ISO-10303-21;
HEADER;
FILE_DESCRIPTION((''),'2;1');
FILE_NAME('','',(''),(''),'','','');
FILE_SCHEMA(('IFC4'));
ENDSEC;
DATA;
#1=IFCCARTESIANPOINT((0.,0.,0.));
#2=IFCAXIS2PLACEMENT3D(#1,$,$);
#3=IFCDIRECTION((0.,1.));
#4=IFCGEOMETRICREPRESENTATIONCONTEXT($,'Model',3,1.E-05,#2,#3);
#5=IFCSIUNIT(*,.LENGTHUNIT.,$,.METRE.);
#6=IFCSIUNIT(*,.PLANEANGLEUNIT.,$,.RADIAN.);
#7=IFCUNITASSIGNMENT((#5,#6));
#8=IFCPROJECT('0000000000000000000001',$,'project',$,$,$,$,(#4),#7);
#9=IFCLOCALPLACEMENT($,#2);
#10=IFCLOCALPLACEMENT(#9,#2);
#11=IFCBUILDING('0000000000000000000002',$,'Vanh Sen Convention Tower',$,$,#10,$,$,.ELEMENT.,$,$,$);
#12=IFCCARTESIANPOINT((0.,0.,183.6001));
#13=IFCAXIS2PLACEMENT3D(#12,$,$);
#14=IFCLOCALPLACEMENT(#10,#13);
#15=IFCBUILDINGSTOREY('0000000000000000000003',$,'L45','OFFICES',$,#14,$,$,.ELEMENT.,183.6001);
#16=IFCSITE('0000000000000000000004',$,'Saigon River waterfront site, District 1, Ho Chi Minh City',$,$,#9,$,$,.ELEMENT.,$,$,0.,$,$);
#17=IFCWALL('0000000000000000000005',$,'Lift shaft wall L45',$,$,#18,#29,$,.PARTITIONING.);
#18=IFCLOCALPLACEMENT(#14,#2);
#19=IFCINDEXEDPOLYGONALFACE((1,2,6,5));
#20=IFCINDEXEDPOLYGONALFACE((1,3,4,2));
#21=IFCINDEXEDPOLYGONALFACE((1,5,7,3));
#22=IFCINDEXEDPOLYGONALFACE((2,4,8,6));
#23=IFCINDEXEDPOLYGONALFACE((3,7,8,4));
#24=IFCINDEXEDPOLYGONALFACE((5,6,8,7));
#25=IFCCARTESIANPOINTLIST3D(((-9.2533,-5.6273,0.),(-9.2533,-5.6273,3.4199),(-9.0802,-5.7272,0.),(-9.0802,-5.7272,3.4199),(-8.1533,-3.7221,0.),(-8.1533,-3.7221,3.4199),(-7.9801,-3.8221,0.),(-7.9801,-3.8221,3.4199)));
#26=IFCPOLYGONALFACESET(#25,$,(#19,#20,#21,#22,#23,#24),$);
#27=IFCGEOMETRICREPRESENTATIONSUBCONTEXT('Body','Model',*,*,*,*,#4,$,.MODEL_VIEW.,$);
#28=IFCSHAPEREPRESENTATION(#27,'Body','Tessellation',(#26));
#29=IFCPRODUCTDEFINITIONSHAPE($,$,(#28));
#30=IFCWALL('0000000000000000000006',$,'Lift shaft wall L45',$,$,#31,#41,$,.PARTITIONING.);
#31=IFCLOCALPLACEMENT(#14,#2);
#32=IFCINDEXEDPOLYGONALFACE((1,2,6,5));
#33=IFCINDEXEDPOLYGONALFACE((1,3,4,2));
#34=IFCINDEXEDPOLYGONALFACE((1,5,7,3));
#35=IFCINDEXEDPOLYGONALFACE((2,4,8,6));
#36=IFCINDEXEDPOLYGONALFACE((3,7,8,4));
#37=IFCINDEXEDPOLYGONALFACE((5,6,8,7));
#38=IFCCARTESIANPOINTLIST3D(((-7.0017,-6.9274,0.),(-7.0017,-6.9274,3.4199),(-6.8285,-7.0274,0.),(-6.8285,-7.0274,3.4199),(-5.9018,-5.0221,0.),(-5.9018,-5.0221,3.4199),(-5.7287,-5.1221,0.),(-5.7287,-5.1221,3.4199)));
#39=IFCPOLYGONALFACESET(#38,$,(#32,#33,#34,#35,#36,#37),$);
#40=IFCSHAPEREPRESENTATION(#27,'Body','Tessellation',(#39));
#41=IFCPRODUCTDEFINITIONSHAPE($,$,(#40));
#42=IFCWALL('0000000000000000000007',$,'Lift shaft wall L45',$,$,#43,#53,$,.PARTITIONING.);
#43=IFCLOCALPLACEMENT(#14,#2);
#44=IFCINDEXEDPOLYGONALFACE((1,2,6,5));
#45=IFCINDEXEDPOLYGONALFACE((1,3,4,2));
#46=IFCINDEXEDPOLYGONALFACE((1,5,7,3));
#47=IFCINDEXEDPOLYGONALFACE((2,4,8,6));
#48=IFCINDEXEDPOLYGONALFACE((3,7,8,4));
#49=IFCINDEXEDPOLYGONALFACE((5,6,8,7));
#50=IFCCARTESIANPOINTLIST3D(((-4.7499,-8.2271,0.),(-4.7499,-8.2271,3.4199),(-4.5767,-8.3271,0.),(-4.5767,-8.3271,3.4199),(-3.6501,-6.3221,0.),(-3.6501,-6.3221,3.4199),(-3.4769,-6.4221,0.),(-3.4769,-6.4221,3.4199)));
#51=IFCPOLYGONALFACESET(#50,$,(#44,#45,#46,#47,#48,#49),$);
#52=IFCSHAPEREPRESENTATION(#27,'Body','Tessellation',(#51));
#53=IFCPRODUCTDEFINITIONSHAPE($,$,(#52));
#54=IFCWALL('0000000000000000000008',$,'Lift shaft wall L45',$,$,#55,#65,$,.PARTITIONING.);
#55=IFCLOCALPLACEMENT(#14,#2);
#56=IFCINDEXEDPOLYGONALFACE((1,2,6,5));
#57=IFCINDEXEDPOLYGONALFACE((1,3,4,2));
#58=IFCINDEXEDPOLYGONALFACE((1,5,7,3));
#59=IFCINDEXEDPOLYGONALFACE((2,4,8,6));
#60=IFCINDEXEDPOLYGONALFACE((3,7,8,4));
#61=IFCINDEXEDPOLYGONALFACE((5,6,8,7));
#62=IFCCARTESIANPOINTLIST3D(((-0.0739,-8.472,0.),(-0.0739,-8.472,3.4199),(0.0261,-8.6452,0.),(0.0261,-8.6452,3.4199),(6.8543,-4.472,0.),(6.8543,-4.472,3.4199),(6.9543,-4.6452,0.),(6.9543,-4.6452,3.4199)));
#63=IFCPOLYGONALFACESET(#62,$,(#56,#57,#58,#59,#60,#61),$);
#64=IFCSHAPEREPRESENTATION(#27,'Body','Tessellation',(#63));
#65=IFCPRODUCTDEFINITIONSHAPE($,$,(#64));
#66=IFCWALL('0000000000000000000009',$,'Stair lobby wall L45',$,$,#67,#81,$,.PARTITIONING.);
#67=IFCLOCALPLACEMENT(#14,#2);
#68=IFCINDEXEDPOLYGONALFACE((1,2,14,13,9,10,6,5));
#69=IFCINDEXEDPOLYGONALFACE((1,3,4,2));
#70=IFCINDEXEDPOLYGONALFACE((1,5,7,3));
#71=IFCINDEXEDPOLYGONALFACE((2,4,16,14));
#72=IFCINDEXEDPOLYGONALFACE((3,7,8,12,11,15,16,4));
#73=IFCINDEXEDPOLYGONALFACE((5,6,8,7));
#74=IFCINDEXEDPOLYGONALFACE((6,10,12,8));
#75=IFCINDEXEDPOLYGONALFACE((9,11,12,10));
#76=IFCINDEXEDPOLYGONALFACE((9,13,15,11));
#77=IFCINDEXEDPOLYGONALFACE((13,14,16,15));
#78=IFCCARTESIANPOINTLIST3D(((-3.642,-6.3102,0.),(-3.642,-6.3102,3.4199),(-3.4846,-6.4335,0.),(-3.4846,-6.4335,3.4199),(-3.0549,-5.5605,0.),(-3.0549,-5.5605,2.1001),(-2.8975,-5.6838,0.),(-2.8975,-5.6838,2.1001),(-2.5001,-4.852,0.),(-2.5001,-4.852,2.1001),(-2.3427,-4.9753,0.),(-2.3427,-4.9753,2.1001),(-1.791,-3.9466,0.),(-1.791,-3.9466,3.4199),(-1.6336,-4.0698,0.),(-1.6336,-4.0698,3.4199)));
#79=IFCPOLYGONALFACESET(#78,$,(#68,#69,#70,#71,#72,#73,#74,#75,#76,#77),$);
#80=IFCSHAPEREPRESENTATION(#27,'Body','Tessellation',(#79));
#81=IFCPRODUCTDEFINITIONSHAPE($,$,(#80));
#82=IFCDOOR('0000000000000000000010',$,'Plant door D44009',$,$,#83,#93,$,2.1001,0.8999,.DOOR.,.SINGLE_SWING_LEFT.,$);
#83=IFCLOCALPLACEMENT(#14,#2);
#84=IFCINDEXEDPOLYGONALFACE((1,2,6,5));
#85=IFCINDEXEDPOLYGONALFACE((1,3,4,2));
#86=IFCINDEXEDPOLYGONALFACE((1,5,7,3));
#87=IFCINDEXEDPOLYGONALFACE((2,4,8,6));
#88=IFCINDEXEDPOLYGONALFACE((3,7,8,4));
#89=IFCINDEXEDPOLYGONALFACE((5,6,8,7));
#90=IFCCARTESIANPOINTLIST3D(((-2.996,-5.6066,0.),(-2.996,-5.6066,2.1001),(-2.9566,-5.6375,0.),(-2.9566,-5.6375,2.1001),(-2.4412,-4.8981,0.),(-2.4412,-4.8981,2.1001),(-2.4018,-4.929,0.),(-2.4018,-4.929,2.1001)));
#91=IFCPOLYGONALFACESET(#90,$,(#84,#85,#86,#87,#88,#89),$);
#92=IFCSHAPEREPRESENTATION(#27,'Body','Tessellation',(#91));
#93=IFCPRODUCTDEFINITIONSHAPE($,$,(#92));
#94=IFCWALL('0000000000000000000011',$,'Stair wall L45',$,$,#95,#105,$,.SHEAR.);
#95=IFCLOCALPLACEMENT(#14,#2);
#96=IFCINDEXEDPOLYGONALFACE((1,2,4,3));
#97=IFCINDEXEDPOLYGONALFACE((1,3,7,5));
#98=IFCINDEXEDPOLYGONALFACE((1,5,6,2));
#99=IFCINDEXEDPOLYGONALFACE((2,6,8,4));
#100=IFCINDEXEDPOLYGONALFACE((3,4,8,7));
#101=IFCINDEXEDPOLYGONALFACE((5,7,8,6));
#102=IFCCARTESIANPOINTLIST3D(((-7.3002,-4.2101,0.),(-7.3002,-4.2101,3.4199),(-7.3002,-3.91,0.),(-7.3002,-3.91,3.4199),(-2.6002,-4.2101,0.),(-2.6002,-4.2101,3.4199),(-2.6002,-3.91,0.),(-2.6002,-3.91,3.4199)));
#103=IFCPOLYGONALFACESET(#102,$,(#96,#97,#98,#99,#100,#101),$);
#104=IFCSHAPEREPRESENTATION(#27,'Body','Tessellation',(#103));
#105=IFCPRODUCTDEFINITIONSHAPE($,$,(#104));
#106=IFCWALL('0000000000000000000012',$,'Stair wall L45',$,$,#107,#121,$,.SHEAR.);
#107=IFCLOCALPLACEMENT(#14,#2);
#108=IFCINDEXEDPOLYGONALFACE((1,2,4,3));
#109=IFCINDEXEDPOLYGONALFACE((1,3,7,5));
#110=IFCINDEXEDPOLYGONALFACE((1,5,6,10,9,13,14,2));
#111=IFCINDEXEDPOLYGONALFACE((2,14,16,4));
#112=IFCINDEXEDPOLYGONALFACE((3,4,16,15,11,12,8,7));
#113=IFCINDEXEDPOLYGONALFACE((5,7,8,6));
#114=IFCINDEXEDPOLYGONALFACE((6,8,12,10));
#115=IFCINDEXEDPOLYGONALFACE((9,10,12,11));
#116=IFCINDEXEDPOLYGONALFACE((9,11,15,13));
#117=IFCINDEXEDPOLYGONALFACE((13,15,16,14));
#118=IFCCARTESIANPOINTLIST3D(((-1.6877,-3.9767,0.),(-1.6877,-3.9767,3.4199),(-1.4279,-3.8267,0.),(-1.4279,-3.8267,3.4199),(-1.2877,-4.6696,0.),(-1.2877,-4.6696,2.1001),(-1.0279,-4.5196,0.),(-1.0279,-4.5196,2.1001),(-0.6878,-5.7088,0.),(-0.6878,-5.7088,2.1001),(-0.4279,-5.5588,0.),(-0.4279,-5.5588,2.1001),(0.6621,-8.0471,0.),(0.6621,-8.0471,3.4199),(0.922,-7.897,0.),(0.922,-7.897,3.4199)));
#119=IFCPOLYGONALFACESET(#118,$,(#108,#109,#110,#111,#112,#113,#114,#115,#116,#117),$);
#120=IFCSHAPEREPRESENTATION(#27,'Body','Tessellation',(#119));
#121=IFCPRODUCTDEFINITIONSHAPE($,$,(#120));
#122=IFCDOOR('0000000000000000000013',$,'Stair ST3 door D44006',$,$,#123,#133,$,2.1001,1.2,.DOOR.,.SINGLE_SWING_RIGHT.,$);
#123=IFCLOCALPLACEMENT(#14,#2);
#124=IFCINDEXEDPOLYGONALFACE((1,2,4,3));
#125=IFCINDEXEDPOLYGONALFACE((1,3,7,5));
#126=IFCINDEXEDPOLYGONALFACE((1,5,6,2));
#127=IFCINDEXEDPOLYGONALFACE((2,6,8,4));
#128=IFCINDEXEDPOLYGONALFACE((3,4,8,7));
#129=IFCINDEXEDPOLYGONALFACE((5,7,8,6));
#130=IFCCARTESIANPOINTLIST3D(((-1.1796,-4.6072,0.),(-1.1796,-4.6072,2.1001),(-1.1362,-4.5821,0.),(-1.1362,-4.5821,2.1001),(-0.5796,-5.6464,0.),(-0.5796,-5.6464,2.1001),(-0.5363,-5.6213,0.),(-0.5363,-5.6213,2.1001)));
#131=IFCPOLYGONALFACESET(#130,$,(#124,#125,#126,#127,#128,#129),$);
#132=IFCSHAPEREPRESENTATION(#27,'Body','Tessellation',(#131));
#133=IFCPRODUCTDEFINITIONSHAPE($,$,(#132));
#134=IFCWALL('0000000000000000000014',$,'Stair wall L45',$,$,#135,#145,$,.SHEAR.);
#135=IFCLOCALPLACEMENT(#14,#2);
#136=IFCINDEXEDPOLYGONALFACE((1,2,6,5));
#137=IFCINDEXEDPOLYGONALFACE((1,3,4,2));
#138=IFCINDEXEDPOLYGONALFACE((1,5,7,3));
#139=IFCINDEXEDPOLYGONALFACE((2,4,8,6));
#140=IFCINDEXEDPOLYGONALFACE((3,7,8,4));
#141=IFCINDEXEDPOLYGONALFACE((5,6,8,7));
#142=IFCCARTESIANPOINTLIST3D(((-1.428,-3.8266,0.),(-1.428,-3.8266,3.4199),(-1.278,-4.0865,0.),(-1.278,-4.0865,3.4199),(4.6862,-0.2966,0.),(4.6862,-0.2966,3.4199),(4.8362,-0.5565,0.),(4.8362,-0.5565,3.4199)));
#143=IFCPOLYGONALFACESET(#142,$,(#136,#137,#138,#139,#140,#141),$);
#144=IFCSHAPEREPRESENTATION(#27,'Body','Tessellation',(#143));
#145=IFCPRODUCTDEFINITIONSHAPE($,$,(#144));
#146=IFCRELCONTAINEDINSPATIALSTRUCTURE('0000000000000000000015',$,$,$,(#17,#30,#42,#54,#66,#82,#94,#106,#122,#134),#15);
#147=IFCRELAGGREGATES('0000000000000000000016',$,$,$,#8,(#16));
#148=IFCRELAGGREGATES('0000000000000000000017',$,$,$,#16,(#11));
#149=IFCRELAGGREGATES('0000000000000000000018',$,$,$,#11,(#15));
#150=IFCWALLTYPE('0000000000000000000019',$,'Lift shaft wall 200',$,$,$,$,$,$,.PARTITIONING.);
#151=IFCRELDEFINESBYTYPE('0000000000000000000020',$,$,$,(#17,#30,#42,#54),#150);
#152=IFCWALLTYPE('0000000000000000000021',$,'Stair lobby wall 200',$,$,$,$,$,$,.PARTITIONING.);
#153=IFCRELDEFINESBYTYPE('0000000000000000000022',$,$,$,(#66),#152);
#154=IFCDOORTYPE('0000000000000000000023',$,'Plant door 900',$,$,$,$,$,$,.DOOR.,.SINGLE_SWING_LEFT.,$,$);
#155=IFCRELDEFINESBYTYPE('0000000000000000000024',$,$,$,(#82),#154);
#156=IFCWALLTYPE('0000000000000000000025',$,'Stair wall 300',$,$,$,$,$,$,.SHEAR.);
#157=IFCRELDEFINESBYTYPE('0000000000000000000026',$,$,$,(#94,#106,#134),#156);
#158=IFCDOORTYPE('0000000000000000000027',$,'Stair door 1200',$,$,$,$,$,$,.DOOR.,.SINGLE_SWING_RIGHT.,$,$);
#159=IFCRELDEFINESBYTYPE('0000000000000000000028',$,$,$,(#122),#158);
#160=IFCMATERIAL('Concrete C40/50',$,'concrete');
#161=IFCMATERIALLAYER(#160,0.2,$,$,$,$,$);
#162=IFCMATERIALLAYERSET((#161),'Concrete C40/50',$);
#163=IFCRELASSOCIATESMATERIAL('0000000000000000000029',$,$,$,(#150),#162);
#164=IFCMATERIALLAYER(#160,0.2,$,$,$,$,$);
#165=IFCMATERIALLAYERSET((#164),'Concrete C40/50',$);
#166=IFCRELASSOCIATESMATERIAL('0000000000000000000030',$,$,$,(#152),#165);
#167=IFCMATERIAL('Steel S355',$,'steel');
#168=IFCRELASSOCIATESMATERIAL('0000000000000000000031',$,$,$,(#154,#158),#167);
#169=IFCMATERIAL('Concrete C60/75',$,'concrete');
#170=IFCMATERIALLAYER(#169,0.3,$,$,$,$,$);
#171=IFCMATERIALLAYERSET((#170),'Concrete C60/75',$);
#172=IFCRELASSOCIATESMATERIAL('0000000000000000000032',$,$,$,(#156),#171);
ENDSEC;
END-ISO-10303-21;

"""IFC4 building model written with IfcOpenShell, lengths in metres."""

from ifc_helpers import new_model, si_unit, direction, frame, frame_2d, origin, place, context, subcontext, project, spatial, rectangle, extrude, material, layer, layer_set, type_object, element, fill, save


model = new_model("IFC4")

# Units and contexts
model_context = context("Model", 3, precision=1e-05, world=origin(), true_north=direction((0.0, 1.0)))
body_context = subcontext(model_context, "Body", "Model", "MODEL_VIEW")
ifc_project = project(units=[si_unit("LENGTHUNIT", "METRE"), si_unit("PLANEANGLEUNIT", "RADIAN")], contexts=[model_context])

# Site, building, storey
site_placement = place(None, origin())
site = spatial("IfcSite", under=ifc_project, at=site_placement, Name="Saigon River waterfront site, District 1, Ho Chi Minh City", CompositionType="ELEMENT", RefElevation=0.0)
building_placement = place(site_placement, origin())
building = spatial("IfcBuilding", under=site, at=building_placement, Name="Vanh Sen Convention Tower", CompositionType="ELEMENT")
storey_placement = place(building_placement, frame((0.0, 0.0, 183.6001)))
storey = spatial("IfcBuildingStorey", under=building, at=storey_placement, Name="L45", Description="OFFICES", CompositionType="ELEMENT", Elevation=183.6001)

# Shared definitions
ifc_material_1 = material(Name="Concrete C40/50", Category="concrete")

# Shared definitions
ifc_material_2 = material(Name="Steel S355", Category="steel")

# Walls
ifc_layer_1 = layer(ifc_material_1, 0.2)
ifc_layer_set_1 = layer_set([ifc_layer_1], Name="Concrete C40/50")
wall_type_1 = type_object("IfcWallType", Name="Lift shaft wall 200", PredefinedType="PARTITIONING", material=ifc_layer_set_1)
for number, where, z_axis, x_axis, name in (
    (1, (-8.0667, -3.772, 0.0), (0.0, 0.0, 1.0), (-0.50003, -0.866008, 0.0), "Lift shaft wall L45"),
    (2, (-5.8152, -5.072, 0.0), (0.0, 0.0, 1.0), (-0.499947, -0.866056, 0.0), "Lift shaft wall L45"),
):
    element("IfcWall", number, at=place(storey_placement, frame(where, z_axis=z_axis, x_axis=x_axis)), inside=storey, type_object=wall_type_1, Name=name, PredefinedType="PARTITIONING", context=body_context, shape_type="SweptSolid", body=[
        extrude(rectangle(XDim=2.2, YDim=0.2, at=frame_2d((1.1001, 0.0))), origin(), (0.0, 0.0, 1.0), 3.4199),
    ])
wall_1_placement = place(storey_placement, frame((-3.5635, -6.3721, 0.0), z_axis=(0.0, 0.0, 1.0), x_axis=(-0.499995, -0.866028, 0.0)))
element("IfcWall", 3, at=wall_1_placement, inside=storey, type_object=wall_type_1, Name="Lift shaft wall L45", PredefinedType="PARTITIONING", context=body_context, shape_type="SweptSolid", body=[
    extrude(rectangle(XDim=2.1997, YDim=0.2, at=frame_2d((1.0999, 0.0))), origin(), (0.0, 0.0, 1.0), 3.4199),
])
wall_2_placement = place(storey_placement, frame((-0.0239, -8.5586, 0.0), z_axis=(0.0, 0.0, 1.0), x_axis=(0.866026, 0.499999, 0.0)))
element("IfcWall", 4, at=wall_2_placement, inside=storey, type_object=wall_type_1, Name="Lift shaft wall L45", PredefinedType="PARTITIONING", context=body_context, shape_type="SweptSolid", body=[
    extrude(rectangle(XDim=8.0, YDim=0.2, at=frame_2d((4.0, 0.0))), origin(), (0.0, 0.0, 1.0), 3.4199),
])

# Wall, opening, door
ifc_layer_2 = layer(ifc_material_1, 0.2)
ifc_layer_set_2 = layer_set([ifc_layer_2], Name="Concrete C40/50")
wall_type_2 = type_object("IfcWallType", Name="Stair lobby wall 200", PredefinedType="PARTITIONING", material=ifc_layer_set_2)
wall_3_placement = place(storey_placement, frame((-1.7124, -4.0083, 0.0), z_axis=(0.0, 0.0, 1.0), x_axis=(-0.616549, -0.787316, 0.0)))
wall_3 = element("IfcWall", 5, at=wall_3_placement, inside=storey, type_object=wall_type_2, Name="Stair lobby wall L45", PredefinedType="PARTITIONING", context=body_context, shape_type="SweptSolid", body=[
    extrude(rectangle(XDim=3.0022, YDim=0.2, at=frame_2d((1.501, 0.0))), origin(), (0.0, 0.0, 1.0), 3.4199),
])
opening_1_placement = place(wall_3_placement, frame((1.1499, 0.0, 0.0)))
opening_1 = element("IfcOpeningElement", 6, at=opening_1_placement, cuts=wall_3, PredefinedType="OPENING", context=body_context, shape_type="SweptSolid", body=[
    extrude(rectangle(XDim=0.8999, YDim=2.1001, at=frame_2d((0.45, 1.05))), frame((0.0, 0.1099, 0.0), z_axis=(0.0, -1.0, 0.0), x_axis=(1.0, 0.0, 0.0)), (0.0, 0.0, 1.0), 0.22),
])
door_type_1 = type_object("IfcDoorType", Name="Plant door 900", OperationType="SINGLE_SWING_LEFT", PredefinedType="DOOR", material=ifc_material_2)
door_1_placement = place(opening_1_placement, origin())
door_1 = element("IfcDoor", 7, at=door_1_placement, inside=storey, type_object=door_type_1, Name="Plant door D44009", OperationType="SINGLE_SWING_LEFT", OverallHeight=2.1001, OverallWidth=0.8999, PredefinedType="DOOR", context=body_context, shape_type="SweptSolid", body=[
    extrude(rectangle(XDim=0.8999, YDim=2.1001, at=frame_2d((0.45, 1.05))), frame((0.0, 0.0249, 0.0), z_axis=(0.0, -1.0, 0.0), x_axis=(1.0, 0.0, 0.0)), (0.0, 0.0, 1.0), 0.05),
])
fill(opening_1, door_1)

# Wall
ifc_material_3 = material(Name="Concrete C60/75", Category="concrete")
ifc_layer_3 = layer(ifc_material_3, 0.3)
ifc_layer_set_3 = layer_set([ifc_layer_3], Name="Concrete C60/75")
wall_type_3 = type_object("IfcWallType", Name="Stair wall 300", PredefinedType="SHEAR", material=ifc_layer_set_3)
wall_4_placement = place(storey_placement, frame((-2.6001, -4.0601, 0.0), z_axis=(0.0, 0.0, 1.0), x_axis=(-1.0, 0.0, 0.0)))
element("IfcWall", 8, at=wall_4_placement, inside=storey, type_object=wall_type_3, Name="Stair wall L45", PredefinedType="SHEAR", context=body_context, shape_type="SweptSolid", body=[
    extrude(rectangle(XDim=4.7, YDim=0.3, at=frame_2d((2.3501, 0.0))), origin(), (0.0, 0.0, 1.0), 3.4199),
])

# Wall, opening, door
wall_5_placement = place(storey_placement, frame((-1.5579, -3.9016, 0.0), z_axis=(0.0, 0.0, 1.0), x_axis=(0.499977, -0.866039, 0.0)))
wall_5 = element("IfcWall", 9, at=wall_5_placement, inside=storey, type_object=wall_type_3, Name="Stair wall L45", PredefinedType="SHEAR", context=body_context, shape_type="SweptSolid", body=[
    extrude(rectangle(XDim=4.7, YDim=0.3, at=frame_2d((2.3501, 0.0))), origin(), (0.0, 0.0, 1.0), 3.4199),
])
opening_2_placement = place(wall_5_placement, frame((0.8, 0.0, 0.0)))
opening_2 = element("IfcOpeningElement", 10, at=opening_2_placement, cuts=wall_5, PredefinedType="OPENING", context=body_context, shape_type="SweptSolid", body=[
    extrude(rectangle(XDim=1.2, YDim=2.1001, at=frame_2d((0.6001, 1.05))), frame((0.0, 0.1599, 0.0), z_axis=(0.0, -1.0, 0.0), x_axis=(1.0, 0.0, 0.0)), (0.0, 0.0, 1.0), 0.3201),
])
door_type_2 = type_object("IfcDoorType", Name="Stair door 1200", OperationType="SINGLE_SWING_RIGHT", PredefinedType="DOOR", material=ifc_material_2)
door_2_placement = place(opening_2_placement, origin())
door_2 = element("IfcDoor", 11, at=door_2_placement, inside=storey, type_object=door_type_2, Name="Stair ST3 door D44006", OperationType="SINGLE_SWING_RIGHT", OverallHeight=2.1001, OverallWidth=1.2, PredefinedType="DOOR", context=body_context, shape_type="SweptSolid", body=[
    extrude(rectangle(XDim=1.2, YDim=2.1001, at=frame_2d((0.6001, 1.05))), frame((0.0, 0.0249, 0.0), z_axis=(0.0, -1.0, 0.0), x_axis=(1.0, 0.0, 0.0)), (0.0, 0.0, 1.0), 0.05),
])
fill(opening_2, door_2)

# Wall
wall_6_placement = place(storey_placement, frame((-1.353, -3.9565, 0.0), z_axis=(0.0, 0.0, 1.0), x_axis=(0.866028, 0.499996, 0.0)))
element("IfcWall", 12, at=wall_6_placement, inside=storey, type_object=wall_type_3, Name="Stair wall L45", PredefinedType="SHEAR", context=body_context, shape_type="SweptSolid", body=[
    extrude(rectangle(XDim=7.0601, YDim=0.3, at=frame_2d((3.53, 0.0))), origin(), (0.0, 0.0, 1.0), 3.4199),
])

save(model, "model.ifc")
